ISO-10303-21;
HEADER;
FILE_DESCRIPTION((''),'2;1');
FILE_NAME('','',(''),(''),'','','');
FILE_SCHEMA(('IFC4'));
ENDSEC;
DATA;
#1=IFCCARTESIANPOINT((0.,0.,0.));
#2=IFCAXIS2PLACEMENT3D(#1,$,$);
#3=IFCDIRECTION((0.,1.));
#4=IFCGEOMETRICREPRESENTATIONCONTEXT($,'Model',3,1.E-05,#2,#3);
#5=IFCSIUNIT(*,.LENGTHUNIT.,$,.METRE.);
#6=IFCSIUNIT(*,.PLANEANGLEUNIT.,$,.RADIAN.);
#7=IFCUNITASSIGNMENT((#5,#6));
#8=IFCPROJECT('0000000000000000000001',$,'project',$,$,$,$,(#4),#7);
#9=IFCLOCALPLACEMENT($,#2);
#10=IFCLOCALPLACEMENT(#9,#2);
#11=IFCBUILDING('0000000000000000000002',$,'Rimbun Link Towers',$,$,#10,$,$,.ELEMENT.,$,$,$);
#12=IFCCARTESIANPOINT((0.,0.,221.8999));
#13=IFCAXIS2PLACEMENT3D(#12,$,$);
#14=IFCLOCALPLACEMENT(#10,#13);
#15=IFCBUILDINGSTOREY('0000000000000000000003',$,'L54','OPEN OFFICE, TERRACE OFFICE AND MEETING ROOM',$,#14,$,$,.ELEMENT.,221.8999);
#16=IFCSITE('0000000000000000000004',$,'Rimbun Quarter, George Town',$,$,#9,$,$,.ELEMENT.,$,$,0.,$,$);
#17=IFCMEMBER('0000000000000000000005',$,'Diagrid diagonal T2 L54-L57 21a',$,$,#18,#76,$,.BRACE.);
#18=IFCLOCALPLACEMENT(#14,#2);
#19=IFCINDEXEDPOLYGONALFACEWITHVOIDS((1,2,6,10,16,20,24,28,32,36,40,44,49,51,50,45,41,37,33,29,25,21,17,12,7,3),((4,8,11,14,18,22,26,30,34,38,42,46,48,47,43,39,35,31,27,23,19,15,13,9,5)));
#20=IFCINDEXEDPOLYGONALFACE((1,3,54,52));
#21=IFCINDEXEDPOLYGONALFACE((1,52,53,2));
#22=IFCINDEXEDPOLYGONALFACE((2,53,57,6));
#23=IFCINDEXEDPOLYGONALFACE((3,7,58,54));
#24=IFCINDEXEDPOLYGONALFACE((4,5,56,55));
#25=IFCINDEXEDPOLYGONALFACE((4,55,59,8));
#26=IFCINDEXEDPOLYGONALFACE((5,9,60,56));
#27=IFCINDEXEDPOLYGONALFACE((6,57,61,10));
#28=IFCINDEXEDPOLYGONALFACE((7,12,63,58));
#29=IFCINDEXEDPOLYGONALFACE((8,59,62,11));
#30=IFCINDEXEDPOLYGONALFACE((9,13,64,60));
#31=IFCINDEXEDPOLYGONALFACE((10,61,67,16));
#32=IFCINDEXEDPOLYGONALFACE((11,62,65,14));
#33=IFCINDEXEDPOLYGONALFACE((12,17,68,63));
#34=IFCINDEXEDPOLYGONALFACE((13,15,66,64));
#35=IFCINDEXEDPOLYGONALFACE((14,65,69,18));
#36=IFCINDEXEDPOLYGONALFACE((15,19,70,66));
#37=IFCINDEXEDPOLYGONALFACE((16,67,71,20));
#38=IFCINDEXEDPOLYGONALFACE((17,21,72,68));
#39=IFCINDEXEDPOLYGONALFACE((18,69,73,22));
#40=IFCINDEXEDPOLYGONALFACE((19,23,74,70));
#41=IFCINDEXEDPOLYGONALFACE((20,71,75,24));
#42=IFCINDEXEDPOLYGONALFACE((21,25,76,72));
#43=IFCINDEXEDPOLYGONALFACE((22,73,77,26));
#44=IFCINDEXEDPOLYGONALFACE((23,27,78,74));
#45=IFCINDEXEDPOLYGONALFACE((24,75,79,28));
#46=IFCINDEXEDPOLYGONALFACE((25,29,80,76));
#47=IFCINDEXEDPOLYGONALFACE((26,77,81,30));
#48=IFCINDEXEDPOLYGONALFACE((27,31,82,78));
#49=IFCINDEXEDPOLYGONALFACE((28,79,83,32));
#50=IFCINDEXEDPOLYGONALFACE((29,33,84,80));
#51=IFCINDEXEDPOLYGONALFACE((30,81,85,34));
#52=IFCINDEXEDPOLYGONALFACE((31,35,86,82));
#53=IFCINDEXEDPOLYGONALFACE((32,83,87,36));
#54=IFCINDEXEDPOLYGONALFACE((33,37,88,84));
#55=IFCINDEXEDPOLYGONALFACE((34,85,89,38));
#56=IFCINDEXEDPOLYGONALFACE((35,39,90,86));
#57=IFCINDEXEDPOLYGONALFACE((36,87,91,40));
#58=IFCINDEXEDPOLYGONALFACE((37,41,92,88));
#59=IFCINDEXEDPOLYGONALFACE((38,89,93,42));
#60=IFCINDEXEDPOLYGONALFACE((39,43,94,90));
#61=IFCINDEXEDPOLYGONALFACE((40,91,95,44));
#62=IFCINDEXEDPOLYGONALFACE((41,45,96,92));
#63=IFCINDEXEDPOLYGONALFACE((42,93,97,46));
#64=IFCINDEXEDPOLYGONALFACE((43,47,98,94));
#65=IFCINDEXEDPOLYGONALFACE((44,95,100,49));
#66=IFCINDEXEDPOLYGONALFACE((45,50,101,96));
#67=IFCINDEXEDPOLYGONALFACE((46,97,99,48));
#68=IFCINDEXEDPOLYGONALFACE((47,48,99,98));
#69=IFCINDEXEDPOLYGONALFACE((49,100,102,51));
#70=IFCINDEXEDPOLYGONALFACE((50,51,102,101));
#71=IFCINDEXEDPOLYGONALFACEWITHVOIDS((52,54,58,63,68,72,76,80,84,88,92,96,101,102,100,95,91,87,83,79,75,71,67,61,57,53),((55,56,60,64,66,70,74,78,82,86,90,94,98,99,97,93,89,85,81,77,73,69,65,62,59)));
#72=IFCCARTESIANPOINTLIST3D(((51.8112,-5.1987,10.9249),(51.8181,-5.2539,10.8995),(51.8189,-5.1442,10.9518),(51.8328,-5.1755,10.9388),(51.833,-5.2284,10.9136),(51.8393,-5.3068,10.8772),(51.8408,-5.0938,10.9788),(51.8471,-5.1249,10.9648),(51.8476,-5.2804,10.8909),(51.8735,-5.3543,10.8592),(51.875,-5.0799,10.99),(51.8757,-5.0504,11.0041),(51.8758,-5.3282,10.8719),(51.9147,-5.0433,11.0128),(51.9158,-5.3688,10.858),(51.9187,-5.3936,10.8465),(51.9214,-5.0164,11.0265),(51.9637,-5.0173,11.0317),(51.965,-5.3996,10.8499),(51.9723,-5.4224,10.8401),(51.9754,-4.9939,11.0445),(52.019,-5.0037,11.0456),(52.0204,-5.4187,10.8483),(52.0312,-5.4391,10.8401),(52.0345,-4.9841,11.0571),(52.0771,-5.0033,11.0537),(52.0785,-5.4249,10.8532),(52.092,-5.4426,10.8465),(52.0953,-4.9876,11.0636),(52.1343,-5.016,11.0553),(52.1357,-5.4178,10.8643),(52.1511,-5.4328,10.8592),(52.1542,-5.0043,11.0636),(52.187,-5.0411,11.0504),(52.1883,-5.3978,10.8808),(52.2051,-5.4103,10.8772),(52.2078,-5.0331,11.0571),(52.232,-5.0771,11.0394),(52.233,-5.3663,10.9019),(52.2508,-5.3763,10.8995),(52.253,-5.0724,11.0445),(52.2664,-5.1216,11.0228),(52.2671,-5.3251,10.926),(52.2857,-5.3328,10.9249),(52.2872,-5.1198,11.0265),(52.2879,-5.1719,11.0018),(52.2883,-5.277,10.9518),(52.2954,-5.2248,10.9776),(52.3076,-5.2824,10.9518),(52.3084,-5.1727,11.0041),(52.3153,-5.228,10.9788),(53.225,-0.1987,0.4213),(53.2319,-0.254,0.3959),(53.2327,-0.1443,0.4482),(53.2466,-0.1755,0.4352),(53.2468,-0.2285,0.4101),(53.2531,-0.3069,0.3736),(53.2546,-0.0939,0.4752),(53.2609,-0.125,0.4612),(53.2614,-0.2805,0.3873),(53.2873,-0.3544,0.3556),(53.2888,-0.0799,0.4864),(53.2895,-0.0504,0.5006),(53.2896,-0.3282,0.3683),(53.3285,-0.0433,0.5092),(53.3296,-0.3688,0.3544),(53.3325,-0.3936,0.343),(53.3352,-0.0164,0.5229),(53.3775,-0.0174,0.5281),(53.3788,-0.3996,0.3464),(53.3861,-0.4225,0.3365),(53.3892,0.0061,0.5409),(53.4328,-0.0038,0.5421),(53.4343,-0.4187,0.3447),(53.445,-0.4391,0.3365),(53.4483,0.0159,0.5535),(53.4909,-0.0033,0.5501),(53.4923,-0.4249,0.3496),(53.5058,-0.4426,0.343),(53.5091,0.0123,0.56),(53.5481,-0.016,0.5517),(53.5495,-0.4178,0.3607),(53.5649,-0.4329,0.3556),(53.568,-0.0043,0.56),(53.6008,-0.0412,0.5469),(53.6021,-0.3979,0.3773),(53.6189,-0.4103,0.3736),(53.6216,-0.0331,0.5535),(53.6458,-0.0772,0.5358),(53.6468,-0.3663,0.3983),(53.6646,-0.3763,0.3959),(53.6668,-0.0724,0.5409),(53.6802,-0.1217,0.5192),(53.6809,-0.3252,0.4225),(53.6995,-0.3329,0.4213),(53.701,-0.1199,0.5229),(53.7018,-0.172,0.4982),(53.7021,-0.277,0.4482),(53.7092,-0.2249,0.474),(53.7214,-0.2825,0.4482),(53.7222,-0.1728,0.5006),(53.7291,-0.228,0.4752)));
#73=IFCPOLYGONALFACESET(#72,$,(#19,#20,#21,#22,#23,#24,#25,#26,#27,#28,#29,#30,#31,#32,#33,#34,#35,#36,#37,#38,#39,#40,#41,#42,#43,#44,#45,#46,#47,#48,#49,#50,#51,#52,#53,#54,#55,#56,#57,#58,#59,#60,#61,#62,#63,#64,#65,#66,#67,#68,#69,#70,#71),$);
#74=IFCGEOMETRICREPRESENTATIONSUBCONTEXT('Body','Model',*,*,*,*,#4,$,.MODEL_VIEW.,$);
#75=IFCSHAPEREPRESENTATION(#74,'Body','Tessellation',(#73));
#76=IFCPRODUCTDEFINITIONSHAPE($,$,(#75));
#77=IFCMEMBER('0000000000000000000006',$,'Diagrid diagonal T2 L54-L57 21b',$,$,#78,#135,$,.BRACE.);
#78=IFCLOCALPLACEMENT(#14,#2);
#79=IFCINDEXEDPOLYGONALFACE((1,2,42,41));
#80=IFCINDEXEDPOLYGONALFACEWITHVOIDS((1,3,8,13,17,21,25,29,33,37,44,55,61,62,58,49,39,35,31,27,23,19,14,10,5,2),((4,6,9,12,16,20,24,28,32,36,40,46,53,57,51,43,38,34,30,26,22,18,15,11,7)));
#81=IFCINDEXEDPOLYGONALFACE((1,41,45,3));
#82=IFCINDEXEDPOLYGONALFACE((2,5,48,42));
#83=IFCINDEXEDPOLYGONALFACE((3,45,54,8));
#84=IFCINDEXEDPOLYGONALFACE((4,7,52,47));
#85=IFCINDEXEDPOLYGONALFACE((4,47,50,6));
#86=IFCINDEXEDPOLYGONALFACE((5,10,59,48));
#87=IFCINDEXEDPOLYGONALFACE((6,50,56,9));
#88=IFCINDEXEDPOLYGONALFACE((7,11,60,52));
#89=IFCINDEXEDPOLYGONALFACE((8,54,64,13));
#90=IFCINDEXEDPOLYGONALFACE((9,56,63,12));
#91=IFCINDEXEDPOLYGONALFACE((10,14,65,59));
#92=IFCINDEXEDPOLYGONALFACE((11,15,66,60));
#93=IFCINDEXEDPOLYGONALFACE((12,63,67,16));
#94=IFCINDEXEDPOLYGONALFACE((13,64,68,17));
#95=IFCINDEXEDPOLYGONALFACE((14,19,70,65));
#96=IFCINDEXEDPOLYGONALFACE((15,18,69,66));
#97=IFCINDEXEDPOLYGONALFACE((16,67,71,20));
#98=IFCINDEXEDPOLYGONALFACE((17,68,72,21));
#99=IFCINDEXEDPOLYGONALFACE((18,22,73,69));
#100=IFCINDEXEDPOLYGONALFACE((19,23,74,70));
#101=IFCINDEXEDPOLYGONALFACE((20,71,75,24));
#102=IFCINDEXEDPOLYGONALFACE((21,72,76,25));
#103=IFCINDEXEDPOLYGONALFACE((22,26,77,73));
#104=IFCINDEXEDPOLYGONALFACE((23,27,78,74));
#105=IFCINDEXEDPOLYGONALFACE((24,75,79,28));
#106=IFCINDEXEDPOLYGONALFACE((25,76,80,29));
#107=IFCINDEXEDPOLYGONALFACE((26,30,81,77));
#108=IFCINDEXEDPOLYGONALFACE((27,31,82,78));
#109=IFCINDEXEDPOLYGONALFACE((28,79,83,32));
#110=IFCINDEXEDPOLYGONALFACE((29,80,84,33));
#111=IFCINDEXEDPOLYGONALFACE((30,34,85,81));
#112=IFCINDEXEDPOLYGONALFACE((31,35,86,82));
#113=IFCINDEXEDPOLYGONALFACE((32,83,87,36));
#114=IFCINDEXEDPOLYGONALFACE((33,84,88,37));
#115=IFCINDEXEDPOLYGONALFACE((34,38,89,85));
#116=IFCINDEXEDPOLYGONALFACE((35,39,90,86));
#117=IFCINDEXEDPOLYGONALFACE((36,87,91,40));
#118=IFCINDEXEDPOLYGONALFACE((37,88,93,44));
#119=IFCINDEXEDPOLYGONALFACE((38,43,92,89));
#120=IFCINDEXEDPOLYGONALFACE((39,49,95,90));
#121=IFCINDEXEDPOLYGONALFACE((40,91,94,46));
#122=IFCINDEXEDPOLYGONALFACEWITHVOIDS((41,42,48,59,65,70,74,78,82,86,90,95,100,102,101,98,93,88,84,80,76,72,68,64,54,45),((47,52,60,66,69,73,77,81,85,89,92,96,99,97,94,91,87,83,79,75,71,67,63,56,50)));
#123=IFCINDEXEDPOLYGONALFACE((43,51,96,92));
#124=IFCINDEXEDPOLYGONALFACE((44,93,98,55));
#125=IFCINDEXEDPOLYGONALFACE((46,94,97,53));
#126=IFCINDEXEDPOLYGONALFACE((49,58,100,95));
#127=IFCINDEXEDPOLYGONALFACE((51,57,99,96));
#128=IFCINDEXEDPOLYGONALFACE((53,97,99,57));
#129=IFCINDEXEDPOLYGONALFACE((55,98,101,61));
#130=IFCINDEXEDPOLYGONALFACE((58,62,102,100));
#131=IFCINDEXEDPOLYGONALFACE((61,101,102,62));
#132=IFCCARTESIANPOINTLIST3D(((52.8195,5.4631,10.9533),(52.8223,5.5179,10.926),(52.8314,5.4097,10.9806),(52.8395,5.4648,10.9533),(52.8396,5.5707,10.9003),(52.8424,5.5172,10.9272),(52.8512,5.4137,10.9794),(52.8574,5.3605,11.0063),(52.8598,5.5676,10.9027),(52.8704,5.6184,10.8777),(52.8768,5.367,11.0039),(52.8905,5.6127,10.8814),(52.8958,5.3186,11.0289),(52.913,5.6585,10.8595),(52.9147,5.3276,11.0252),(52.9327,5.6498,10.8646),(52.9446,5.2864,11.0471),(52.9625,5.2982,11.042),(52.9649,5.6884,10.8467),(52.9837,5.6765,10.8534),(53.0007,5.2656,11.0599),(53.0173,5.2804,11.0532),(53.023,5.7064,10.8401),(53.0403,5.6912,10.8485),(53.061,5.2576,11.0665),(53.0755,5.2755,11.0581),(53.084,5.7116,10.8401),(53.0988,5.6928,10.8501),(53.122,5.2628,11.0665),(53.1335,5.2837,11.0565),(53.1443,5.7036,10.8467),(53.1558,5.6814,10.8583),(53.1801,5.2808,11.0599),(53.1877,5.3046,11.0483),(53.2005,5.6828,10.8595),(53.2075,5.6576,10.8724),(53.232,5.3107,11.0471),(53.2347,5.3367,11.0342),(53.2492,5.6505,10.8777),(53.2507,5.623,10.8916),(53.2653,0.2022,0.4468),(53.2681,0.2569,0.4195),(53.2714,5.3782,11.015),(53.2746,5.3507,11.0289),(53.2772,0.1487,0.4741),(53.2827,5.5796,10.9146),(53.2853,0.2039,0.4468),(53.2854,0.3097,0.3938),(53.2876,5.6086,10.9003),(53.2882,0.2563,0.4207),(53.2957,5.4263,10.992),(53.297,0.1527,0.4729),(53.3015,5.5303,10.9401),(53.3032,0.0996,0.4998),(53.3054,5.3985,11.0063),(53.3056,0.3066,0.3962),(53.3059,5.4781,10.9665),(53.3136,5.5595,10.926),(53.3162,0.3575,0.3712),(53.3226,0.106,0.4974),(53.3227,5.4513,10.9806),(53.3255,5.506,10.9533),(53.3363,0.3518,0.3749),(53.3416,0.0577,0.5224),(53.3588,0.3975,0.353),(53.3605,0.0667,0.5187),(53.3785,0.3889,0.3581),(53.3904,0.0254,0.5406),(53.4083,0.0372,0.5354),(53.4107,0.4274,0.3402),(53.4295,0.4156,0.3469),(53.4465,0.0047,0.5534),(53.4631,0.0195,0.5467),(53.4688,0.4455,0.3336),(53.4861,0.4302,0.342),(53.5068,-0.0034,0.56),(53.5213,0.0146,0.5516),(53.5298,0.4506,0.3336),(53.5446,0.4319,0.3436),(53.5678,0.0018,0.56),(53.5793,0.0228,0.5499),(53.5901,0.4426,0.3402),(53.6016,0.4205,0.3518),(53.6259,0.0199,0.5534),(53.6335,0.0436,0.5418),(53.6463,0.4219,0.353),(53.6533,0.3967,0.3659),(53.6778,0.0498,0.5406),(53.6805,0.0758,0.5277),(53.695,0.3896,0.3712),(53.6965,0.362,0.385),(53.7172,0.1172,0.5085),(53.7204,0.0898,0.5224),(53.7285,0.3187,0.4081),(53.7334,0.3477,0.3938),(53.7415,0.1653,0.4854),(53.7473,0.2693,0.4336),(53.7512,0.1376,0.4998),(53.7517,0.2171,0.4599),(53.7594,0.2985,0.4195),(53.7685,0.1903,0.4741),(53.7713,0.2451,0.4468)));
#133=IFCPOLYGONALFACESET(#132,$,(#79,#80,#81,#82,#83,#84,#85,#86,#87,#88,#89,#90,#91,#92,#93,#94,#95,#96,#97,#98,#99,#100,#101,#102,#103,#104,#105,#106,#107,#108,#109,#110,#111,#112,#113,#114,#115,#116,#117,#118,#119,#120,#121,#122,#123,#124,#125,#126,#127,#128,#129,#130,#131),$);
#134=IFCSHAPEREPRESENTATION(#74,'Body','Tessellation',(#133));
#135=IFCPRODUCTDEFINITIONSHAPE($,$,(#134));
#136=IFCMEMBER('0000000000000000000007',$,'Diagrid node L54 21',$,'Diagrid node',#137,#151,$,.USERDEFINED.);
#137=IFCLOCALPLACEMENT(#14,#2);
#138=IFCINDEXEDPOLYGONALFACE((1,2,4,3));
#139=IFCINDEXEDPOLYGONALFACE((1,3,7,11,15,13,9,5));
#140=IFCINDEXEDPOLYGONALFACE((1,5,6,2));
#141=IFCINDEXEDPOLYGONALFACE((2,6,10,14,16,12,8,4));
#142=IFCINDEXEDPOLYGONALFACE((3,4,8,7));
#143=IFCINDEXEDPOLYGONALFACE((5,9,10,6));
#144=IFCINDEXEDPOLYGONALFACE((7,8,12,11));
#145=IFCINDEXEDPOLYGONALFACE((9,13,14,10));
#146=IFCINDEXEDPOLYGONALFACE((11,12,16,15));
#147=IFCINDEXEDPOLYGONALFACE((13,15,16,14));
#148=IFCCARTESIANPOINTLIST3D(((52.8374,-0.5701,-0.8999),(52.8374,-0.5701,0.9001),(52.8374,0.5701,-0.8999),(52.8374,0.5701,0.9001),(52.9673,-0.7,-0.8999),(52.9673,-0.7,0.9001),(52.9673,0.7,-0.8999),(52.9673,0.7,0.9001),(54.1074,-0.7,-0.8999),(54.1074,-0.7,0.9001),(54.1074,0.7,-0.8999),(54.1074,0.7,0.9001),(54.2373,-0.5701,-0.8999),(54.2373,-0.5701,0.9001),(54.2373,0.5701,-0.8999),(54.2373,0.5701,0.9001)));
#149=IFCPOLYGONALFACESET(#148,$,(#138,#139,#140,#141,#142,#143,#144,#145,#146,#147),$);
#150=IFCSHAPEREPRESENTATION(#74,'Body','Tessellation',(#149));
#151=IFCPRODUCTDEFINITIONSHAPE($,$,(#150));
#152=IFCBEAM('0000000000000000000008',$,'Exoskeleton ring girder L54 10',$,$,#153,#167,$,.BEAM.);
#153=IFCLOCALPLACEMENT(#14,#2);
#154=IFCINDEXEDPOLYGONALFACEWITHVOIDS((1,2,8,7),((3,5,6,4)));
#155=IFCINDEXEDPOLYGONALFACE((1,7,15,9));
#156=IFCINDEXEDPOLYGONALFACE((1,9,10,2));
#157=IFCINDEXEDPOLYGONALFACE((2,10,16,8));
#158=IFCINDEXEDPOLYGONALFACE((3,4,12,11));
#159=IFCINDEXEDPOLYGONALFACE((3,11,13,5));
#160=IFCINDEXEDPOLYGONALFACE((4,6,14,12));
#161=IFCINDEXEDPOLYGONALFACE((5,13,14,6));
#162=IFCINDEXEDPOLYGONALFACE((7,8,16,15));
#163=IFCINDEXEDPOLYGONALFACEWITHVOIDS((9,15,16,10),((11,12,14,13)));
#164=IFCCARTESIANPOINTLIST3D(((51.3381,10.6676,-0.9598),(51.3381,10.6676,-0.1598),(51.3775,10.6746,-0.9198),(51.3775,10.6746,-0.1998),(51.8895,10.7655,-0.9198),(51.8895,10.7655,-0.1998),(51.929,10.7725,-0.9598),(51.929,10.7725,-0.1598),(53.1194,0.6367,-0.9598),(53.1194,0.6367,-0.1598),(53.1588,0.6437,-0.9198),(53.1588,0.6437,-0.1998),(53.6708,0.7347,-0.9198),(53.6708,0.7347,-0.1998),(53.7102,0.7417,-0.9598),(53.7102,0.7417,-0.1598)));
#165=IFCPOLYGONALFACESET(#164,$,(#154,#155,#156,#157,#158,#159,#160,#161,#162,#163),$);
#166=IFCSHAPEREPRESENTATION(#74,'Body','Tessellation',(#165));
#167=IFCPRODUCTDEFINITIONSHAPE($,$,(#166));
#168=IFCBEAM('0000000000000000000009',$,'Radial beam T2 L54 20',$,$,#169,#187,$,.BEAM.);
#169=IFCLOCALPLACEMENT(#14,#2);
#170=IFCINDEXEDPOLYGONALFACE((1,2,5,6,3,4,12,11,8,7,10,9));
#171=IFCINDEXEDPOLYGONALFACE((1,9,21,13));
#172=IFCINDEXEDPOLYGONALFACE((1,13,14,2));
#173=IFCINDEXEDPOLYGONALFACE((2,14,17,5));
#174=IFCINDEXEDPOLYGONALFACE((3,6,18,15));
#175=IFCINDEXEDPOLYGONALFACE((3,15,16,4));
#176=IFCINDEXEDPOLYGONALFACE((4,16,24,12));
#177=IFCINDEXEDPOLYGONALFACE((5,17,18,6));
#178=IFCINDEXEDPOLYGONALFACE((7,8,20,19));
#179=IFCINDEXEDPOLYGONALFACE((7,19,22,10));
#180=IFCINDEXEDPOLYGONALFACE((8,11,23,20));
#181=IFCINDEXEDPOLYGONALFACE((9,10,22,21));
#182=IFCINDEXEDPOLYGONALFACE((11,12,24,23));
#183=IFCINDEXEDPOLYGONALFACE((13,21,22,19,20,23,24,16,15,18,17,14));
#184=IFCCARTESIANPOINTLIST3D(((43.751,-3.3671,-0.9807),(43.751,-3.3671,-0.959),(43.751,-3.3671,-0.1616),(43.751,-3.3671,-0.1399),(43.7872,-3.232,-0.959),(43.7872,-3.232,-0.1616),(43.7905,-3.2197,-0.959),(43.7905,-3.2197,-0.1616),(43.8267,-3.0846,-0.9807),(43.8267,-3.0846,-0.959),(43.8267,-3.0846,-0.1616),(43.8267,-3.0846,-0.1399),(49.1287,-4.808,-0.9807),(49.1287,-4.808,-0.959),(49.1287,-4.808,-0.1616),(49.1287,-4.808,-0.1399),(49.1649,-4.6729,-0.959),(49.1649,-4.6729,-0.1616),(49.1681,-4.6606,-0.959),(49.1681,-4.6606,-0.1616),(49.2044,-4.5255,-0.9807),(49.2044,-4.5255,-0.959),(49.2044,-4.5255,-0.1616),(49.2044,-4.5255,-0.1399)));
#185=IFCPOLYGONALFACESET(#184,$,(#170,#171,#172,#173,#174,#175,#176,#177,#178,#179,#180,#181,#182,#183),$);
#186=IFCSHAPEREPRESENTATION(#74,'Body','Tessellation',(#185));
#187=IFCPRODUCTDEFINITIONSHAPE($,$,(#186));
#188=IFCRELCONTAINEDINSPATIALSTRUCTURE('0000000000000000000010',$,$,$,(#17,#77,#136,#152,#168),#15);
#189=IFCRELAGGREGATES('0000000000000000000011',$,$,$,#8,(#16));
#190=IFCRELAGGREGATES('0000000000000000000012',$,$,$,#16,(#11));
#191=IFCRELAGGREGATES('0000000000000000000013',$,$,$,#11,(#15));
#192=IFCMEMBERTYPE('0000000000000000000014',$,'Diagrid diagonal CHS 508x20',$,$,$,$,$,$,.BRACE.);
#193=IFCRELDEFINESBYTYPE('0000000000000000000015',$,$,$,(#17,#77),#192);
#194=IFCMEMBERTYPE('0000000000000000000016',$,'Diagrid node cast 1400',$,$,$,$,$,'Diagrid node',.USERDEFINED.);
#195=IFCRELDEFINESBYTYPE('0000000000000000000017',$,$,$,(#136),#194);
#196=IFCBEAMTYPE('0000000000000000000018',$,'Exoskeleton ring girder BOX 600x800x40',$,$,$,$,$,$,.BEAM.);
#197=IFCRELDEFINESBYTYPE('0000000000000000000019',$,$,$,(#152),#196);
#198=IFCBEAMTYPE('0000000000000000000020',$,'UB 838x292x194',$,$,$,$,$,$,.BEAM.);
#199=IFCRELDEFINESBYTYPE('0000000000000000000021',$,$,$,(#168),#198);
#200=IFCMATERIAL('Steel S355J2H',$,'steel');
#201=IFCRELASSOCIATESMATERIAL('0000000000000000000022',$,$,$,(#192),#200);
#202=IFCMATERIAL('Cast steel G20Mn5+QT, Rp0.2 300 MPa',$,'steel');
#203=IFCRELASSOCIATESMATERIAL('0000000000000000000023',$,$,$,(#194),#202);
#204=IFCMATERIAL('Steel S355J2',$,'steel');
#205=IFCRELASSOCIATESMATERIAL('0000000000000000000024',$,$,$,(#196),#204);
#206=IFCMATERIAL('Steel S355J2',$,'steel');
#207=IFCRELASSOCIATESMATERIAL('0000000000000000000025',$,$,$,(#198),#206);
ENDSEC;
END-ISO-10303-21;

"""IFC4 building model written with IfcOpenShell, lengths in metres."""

from ifc_helpers import new_model, si_unit, direction, frame, origin, origin_2d, place, context, subcontext, project, spatial, polyline, hollow_rectangle, hollow_circle, i_section, outline, extrude, material, material_profile, profile_set, type_object, element, save


model = new_model("IFC4")

# Units and contexts
model_context = context("Model", 3, precision=1e-05, world=origin(), true_north=direction((0.0, 1.0)))
body_context = subcontext(model_context, "Body", "Model", "MODEL_VIEW")
ifc_project = project(units=[si_unit("LENGTHUNIT", "METRE"), si_unit("PLANEANGLEUNIT", "RADIAN")], contexts=[model_context])

# Site, building, storey
site_placement = place(None, origin())
site = spatial("IfcSite", under=ifc_project, at=site_placement, Name="Rimbun Quarter, George Town", CompositionType="ELEMENT", RefElevation=0.0)
building_placement = place(site_placement, origin())
building = spatial("IfcBuilding", under=site, at=building_placement, Name="Rimbun Link Towers", CompositionType="ELEMENT")
storey_placement = place(building_placement, frame((0.0, 0.0, 221.8999)))
storey = spatial("IfcBuildingStorey", under=building, at=storey_placement, Name="L54", Description="OPEN OFFICE, TERRACE OFFICE AND MEETING ROOM", CompositionType="ELEMENT", Elevation=221.8999)

# Members
ifc_material_1 = material(Name="Steel S355J2H", Category="steel")
ifc_material_profile_1 = material_profile(ifc_material_1, hollow_circle(Radius=0.2539, WallThickness=0.02, at=origin_2d()), Name="Diagrid diagonal CHS 508x20")
ifc_profile_set_1 = profile_set([ifc_material_profile_1], Name="Steel S355J2H")
member_type_1 = type_object("IfcMemberType", Name="Diagrid diagonal CHS 508x20", PredefinedType="BRACE", material=ifc_profile_set_1)
member_1_placement = place(storey_placement, frame((53.4771, -0.2134, 0.4482), z_axis=(-0.120647, -0.426672, 0.896323), x_axis=(0.96227, -0.272095, 0.0)))
element("IfcMember", 1, at=member_1_placement, inside=storey, type_object=member_type_1, Name="Diagrid diagonal T2 L54-L57 21a", PredefinedType="BRACE", context=body_context, shape_type="SweptSolid", body=[
    extrude(hollow_circle(Radius=0.2539, WallThickness=0.02, at=origin_2d()), origin(), (0.0, 0.0, 1.0), 11.7185),
])
member_2_placement = place(storey_placement, frame((53.5183, 0.2236, 0.4468), z_axis=(-0.037913, 0.447415, 0.893522), x_axis=(-0.996429, -0.084435, 0.0)))
element("IfcMember", 2, at=member_2_placement, inside=storey, type_object=member_type_1, Name="Diagrid diagonal T2 L54-L57 21b", PredefinedType="BRACE", context=body_context, shape_type="SweptSolid", body=[
    extrude(hollow_circle(Radius=0.2539, WallThickness=0.02, at=origin_2d()), origin(), (0.0, 0.0, 1.0), 11.7585),
])
ifc_material_2 = material(Name="Cast steel G20Mn5+QT, Rp0.2 300 MPa", Category="steel")
ifc_material_profile_2 = material_profile(ifc_material_2, outline(polyline([(0.7, -0.5701), (0.7, 0.5701), (0.5701, 0.7), (-0.5701, 0.7), (-0.7, 0.5701), (-0.7, -0.5701), (-0.5701, -0.7), (0.5701, -0.7), (0.7, -0.5701)])), Name="NODE 1400x1400")
ifc_profile_set_2 = profile_set([ifc_material_profile_2], Name="Cast steel G20Mn5+QT, Rp0.2 300 MPa")
member_type_2 = type_object("IfcMemberType", Name="Diagrid node cast 1400", ElementType="Diagrid node", PredefinedType="USERDEFINED", material=ifc_profile_set_2)
member_3_placement = place(storey_placement, frame((53.5374, 0.0, -0.8999), z_axis=(0.0, 0.0, 1.0), x_axis=(1.0, 0.0, 0.0)))
element("IfcMember", 3, at=member_3_placement, inside=storey, type_object=member_type_2, Name="Diagrid node L54 21", ObjectType="Diagrid node", PredefinedType="USERDEFINED", context=body_context, shape_type="SweptSolid", body=[
    extrude(outline(polyline([(0.7, -0.5701), (0.7, 0.5701), (0.5701, 0.7), (-0.5701, 0.7), (-0.7, 0.5701), (-0.7, -0.5701), (-0.5701, -0.7), (0.5701, -0.7), (0.7, -0.5701)])), origin(), (0.0, 0.0, 1.0), 1.8),
])

# Beams
ifc_material_3 = material(Name="Steel S355J2", Category="steel")
ifc_material_profile_3 = material_profile(ifc_material_3, hollow_rectangle(XDim=0.6001, YDim=0.8, WallThickness=0.04, at=origin_2d()), Name="Exoskeleton ring girder BOX 600x800x40")
ifc_profile_set_3 = profile_set([ifc_material_profile_3], Name="Steel S355J2")
beam_type_1 = type_object("IfcBeamType", Name="Exoskeleton ring girder BOX 600x800x40", PredefinedType="BEAM", material=ifc_profile_set_3)
beam_1_placement = place(storey_placement, frame((53.4148, 0.6892, -0.5598), z_axis=(-0.174843, 0.984596, 0.0), x_axis=(-0.984596, -0.174843, 0.0)))
element("IfcBeam", 4, at=beam_1_placement, inside=storey, type_object=beam_type_1, Name="Exoskeleton ring girder L54 10", PredefinedType="BEAM", context=body_context, shape_type="SweptSolid", body=[
    extrude(hollow_rectangle(XDim=0.6001, YDim=0.8, WallThickness=0.04, at=origin_2d()), origin(), (0.0, 0.0, 1.0), 10.1877),
])
ifc_material_4 = material(Name="Steel S355J2", Category="steel")
ifc_material_profile_4 = material_profile(ifc_material_4, i_section(OverallWidth=0.2925, OverallDepth=0.8408, WebThickness=0.0127, FlangeThickness=0.0217, at=origin_2d()), Name="UB 838x292x194")
ifc_profile_set_4 = profile_set([ifc_material_profile_4], Name="Steel S355J2")
beam_type_2 = type_object("IfcBeamType", Name="UB 838x292x194", PredefinedType="BEAM", material=ifc_profile_set_4)
beam_2_placement = place(storey_placement, frame((43.7888, -3.2258, -0.5603), z_axis=(0.965927, -0.258814, 0.0), x_axis=(0.258814, 0.965927, 0.0)))
element("IfcBeam", 5, at=beam_2_placement, inside=storey, type_object=beam_type_2, Name="Radial beam T2 L54 20", PredefinedType="BEAM", context=body_context, shape_type="SweptSolid", body=[
    extrude(i_section(OverallWidth=0.2925, OverallDepth=0.8408, WebThickness=0.0127, FlangeThickness=0.0217, at=origin_2d()), origin(), (0.0, 0.0, 1.0), 5.5674),
])

save(model, "model.ifc")
